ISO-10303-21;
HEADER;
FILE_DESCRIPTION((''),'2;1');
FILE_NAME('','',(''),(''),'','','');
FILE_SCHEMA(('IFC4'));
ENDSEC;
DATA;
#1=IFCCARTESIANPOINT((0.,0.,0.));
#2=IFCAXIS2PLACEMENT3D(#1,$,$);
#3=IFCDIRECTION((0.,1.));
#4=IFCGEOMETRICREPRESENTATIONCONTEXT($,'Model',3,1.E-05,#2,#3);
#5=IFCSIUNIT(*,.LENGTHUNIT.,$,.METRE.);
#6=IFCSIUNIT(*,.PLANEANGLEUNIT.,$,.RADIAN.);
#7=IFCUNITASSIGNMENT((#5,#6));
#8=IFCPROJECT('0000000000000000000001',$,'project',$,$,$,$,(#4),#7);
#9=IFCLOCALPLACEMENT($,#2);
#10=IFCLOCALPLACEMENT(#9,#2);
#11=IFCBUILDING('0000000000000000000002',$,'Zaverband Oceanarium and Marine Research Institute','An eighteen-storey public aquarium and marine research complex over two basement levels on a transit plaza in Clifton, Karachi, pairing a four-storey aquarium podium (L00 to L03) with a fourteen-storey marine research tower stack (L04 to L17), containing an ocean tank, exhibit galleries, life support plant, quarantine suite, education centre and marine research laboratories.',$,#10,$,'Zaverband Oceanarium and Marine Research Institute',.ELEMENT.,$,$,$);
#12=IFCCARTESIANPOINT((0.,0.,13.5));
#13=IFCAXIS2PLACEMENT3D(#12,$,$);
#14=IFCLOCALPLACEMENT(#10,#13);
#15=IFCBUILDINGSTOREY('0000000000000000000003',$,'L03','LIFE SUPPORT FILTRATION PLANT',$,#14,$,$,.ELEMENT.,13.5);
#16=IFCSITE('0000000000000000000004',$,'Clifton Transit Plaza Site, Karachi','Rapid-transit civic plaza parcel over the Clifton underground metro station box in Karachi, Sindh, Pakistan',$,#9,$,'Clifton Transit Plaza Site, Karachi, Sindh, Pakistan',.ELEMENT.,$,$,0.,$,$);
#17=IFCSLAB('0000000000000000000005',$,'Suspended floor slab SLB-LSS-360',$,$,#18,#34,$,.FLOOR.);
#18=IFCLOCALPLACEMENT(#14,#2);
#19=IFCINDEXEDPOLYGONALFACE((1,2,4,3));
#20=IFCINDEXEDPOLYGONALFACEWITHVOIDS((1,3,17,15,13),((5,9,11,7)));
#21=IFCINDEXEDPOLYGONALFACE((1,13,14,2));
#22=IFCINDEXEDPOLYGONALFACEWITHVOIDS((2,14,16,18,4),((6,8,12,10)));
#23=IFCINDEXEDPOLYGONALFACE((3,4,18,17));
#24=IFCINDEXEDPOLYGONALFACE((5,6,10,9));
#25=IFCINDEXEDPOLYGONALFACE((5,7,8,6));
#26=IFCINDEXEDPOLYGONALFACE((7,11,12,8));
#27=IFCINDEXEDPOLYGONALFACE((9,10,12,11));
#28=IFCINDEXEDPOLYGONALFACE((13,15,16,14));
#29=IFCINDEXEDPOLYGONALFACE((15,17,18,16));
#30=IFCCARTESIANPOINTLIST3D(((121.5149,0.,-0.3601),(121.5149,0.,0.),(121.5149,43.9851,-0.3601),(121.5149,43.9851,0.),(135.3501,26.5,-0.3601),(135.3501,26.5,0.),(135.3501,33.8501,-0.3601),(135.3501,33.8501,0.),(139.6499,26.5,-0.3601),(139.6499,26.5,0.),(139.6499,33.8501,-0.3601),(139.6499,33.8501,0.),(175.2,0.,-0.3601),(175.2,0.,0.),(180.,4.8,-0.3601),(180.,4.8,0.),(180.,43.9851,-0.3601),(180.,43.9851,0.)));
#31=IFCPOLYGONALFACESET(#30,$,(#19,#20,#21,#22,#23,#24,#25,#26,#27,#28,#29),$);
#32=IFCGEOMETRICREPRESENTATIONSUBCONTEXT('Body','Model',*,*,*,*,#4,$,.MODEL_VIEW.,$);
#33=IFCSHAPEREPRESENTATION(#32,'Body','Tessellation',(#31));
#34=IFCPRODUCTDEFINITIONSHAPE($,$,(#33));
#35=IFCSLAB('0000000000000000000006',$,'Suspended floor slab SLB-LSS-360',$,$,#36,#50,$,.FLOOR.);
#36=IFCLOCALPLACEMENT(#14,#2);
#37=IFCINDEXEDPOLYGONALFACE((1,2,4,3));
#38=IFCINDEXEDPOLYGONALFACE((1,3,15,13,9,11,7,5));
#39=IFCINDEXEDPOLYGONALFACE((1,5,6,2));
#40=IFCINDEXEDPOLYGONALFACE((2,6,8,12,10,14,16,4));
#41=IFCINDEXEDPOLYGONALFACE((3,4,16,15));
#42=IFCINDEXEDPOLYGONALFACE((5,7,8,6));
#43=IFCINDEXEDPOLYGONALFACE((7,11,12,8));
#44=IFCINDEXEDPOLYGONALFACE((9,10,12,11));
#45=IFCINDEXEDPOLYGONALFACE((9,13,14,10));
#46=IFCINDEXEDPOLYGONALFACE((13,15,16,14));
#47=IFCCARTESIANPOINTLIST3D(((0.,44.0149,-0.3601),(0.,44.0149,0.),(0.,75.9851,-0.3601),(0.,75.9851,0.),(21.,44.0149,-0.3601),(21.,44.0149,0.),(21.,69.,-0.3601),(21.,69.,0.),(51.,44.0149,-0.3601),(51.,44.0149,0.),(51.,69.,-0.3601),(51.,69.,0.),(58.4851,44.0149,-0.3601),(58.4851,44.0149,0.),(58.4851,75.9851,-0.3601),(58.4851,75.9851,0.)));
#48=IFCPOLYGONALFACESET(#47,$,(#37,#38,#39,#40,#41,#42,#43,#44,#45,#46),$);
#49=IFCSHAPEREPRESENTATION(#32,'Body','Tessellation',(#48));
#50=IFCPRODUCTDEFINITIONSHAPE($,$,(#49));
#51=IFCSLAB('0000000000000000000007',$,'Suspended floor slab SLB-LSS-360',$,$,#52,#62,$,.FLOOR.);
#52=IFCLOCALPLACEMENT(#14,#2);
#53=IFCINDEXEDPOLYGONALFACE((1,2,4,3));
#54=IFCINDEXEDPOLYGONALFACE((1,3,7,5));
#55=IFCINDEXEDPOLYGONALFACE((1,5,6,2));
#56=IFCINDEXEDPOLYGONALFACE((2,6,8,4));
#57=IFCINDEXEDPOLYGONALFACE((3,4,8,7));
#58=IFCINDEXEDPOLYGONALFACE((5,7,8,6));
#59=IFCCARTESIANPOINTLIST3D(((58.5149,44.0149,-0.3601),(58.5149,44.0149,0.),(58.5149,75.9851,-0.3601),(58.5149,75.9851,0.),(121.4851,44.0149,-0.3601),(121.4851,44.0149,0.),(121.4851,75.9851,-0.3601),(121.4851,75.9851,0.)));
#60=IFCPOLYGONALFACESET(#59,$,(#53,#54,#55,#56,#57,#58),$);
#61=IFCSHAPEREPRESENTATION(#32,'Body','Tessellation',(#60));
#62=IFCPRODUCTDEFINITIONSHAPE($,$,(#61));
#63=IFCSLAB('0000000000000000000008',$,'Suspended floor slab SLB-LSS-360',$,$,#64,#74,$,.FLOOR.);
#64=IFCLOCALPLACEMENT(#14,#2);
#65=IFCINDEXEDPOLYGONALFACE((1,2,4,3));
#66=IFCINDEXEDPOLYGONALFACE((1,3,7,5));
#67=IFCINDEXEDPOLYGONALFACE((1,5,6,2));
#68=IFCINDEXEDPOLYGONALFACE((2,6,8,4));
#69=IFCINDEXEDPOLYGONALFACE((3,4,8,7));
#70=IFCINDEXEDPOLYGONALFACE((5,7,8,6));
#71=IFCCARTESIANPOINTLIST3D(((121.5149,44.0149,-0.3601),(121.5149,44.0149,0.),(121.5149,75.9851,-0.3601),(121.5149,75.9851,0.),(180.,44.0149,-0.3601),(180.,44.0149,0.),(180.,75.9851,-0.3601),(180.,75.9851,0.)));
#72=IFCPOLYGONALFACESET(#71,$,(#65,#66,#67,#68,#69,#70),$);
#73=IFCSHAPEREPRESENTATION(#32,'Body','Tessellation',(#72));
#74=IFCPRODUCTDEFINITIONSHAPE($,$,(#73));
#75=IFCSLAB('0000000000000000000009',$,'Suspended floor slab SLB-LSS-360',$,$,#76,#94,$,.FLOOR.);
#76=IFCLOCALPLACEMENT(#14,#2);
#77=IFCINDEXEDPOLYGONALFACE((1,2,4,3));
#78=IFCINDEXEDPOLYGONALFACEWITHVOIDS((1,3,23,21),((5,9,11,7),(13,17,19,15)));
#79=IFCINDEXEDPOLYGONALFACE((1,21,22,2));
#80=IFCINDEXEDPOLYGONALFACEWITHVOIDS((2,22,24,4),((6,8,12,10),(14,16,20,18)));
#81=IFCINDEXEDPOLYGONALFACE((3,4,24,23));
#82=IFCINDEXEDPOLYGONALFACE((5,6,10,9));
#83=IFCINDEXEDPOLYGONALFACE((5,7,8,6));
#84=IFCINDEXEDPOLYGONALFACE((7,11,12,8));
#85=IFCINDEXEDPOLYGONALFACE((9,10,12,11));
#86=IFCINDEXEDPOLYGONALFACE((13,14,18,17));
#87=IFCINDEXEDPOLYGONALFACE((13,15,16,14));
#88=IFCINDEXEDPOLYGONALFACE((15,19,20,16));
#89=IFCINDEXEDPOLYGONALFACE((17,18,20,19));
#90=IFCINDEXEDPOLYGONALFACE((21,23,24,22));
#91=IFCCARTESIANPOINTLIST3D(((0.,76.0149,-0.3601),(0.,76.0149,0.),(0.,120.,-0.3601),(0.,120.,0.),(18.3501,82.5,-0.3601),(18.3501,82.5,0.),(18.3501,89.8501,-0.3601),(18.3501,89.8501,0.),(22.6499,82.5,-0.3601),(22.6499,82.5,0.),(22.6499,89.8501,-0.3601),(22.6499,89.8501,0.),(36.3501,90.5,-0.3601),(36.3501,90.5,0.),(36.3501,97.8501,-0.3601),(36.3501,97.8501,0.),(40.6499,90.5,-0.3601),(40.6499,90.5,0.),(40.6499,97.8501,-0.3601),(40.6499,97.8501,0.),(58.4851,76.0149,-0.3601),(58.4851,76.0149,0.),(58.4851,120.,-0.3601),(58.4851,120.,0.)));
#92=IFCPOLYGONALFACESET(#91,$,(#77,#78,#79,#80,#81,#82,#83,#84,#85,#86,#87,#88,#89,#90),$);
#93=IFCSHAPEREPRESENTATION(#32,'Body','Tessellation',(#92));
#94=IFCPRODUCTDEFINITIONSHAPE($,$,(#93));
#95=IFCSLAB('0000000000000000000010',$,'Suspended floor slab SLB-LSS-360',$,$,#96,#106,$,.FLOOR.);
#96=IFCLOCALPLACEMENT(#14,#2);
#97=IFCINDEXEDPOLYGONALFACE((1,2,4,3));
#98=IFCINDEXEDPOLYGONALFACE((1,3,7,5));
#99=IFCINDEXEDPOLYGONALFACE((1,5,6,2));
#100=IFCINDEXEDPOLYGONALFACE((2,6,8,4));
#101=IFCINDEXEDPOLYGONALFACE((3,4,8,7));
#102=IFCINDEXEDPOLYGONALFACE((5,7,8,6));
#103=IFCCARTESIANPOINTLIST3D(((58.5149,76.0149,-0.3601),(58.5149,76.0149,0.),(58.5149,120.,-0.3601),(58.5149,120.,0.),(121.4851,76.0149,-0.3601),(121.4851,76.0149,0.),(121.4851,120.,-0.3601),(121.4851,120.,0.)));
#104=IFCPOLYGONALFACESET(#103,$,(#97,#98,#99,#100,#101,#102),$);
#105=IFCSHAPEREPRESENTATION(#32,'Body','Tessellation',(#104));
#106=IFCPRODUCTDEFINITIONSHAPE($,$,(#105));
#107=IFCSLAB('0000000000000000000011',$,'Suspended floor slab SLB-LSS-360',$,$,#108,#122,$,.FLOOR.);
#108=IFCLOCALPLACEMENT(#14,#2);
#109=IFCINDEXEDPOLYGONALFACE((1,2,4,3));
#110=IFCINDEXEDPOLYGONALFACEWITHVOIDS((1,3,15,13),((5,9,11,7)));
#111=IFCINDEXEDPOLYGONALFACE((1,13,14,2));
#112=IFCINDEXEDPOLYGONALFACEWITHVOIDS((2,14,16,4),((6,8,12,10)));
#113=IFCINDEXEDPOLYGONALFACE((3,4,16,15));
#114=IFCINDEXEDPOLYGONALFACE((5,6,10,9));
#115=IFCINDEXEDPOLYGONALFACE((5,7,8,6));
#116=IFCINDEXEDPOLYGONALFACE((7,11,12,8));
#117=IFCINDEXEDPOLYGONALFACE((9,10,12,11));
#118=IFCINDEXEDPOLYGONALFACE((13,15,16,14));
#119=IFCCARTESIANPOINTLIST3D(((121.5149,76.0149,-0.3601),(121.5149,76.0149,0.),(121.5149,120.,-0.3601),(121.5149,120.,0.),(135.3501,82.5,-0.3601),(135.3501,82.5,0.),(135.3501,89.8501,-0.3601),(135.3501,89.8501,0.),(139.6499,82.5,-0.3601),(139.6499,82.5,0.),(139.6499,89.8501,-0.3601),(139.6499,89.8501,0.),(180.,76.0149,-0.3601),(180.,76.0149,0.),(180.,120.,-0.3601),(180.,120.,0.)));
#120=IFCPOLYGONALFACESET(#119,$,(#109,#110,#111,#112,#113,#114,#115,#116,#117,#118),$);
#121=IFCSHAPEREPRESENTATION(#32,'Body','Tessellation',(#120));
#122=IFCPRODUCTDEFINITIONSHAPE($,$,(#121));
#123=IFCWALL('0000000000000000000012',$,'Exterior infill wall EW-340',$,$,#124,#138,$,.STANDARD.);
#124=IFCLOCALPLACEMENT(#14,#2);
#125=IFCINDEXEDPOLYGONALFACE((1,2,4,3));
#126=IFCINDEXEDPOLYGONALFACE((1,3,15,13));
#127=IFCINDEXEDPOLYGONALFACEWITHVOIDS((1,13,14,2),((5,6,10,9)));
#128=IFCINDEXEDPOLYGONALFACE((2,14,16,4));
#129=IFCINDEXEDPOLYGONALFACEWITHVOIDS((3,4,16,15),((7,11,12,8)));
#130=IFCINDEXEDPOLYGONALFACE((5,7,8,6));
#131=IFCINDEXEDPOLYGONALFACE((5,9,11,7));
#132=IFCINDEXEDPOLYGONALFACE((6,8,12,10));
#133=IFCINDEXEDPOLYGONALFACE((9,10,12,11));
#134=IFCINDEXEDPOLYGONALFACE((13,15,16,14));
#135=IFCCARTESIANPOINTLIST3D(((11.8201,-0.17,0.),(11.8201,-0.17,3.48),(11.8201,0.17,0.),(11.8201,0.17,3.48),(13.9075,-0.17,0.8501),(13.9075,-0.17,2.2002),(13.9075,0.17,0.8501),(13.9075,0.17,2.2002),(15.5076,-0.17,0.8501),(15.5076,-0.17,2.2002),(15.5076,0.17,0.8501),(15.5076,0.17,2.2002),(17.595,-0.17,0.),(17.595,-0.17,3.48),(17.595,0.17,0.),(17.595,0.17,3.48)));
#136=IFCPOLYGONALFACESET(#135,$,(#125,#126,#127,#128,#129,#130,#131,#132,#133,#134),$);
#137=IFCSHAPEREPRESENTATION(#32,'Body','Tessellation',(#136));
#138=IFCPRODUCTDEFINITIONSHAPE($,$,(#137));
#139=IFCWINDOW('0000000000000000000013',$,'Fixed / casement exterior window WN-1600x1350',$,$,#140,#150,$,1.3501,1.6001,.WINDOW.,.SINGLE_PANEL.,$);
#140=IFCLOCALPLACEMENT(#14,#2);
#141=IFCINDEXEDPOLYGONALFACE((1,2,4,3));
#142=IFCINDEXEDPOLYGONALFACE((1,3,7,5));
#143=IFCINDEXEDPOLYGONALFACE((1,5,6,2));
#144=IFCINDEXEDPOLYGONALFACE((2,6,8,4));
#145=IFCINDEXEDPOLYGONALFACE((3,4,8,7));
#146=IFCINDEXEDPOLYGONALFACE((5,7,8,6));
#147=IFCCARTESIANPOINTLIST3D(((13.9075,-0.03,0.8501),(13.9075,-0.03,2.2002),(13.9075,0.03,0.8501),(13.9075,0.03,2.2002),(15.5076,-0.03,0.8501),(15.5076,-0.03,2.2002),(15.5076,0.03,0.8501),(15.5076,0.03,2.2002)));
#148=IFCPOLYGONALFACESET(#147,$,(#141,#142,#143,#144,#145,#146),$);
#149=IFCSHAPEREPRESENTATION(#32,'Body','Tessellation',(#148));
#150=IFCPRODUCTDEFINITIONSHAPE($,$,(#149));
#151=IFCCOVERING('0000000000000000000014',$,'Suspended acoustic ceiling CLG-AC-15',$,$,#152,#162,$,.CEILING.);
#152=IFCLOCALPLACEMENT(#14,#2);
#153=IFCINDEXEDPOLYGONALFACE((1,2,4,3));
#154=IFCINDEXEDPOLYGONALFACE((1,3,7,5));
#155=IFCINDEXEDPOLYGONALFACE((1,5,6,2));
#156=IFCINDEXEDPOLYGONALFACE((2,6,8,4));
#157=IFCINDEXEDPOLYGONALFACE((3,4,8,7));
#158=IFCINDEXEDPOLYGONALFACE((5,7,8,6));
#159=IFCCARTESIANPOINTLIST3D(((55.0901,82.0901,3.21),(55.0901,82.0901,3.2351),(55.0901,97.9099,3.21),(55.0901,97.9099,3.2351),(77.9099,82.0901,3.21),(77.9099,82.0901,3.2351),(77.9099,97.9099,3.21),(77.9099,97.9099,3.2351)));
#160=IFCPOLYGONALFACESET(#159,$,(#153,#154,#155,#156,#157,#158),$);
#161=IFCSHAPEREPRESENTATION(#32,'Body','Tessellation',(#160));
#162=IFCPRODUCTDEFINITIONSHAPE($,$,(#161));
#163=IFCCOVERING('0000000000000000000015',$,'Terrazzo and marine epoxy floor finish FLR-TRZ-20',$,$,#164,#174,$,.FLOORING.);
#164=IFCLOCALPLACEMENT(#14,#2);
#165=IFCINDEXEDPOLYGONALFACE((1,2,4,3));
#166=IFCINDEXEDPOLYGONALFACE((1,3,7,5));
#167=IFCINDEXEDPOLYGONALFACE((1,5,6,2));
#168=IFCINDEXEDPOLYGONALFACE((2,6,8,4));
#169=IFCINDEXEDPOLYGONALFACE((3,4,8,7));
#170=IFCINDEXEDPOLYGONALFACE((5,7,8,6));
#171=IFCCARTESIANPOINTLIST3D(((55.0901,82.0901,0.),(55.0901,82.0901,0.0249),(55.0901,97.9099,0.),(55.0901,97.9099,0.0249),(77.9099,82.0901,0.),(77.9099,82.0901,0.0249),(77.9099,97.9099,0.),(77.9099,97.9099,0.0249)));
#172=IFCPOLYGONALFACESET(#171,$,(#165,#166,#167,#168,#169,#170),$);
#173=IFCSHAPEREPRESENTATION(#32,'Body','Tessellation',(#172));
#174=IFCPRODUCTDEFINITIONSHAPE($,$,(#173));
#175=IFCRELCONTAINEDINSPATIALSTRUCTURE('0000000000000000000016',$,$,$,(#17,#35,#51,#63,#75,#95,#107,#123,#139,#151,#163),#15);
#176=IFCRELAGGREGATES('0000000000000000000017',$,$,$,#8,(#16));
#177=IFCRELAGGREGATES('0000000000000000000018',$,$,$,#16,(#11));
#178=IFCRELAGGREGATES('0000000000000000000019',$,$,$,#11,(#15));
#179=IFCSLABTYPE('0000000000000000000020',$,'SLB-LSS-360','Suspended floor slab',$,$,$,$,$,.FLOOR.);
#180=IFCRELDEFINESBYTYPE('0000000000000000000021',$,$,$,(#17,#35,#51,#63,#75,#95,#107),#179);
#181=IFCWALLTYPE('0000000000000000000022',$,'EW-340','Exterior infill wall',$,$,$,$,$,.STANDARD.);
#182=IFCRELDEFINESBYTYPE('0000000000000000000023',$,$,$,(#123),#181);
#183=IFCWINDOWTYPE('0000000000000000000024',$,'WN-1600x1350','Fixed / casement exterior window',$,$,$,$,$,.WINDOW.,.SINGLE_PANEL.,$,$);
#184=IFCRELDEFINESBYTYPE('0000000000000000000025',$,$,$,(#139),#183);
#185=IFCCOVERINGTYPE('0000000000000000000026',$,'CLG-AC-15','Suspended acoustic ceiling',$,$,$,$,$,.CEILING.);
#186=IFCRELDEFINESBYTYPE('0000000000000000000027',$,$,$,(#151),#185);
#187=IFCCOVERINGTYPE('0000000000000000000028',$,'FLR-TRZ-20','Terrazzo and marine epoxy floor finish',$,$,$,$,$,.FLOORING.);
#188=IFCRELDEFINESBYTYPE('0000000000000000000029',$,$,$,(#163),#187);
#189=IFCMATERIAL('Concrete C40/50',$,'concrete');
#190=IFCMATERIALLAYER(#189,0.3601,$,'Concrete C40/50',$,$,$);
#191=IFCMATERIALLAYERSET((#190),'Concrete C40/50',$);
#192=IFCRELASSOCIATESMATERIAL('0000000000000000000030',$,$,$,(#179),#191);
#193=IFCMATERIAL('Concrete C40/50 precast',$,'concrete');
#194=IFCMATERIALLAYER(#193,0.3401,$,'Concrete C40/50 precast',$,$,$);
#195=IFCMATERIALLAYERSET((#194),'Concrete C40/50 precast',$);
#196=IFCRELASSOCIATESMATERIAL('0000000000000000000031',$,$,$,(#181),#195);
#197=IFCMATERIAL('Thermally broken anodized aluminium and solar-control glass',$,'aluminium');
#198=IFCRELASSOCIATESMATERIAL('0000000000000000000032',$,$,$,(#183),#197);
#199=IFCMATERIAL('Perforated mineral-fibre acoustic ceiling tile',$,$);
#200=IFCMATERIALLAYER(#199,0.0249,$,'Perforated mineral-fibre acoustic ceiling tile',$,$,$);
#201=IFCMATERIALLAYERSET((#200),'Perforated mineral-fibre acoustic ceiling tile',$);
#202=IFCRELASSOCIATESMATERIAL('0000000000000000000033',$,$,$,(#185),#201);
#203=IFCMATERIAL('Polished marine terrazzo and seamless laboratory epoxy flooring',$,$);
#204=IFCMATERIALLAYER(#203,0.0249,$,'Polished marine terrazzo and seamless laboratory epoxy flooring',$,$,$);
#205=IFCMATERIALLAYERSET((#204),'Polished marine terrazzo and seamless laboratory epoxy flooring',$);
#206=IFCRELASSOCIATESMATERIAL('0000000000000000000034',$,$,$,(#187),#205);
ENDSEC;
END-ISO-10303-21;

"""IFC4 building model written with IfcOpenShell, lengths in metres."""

from ifc_helpers import new_model, si_unit, direction, frame, frame_2d, origin, place, context, subcontext, project, spatial, polyline, rectangle, outline, extrude, material, layer, layer_set, type_object, element, fill, save


model = new_model("IFC4")

# Units and contexts
model_context = context("Model", 3, precision=1e-05, world=origin(), true_north=direction((0.0, 1.0)))
body_context = subcontext(model_context, "Body", "Model", "MODEL_VIEW")
ifc_project = project(units=[si_unit("LENGTHUNIT", "METRE"), si_unit("PLANEANGLEUNIT", "RADIAN")], contexts=[model_context])

# Site, building, storey
site_placement = place(None, origin())
site = spatial("IfcSite", under=ifc_project, at=site_placement, Name="Clifton Transit Plaza Site, Karachi", Description="Rapid-transit civic plaza parcel over the Clifton underground metro station box in Karachi, Sindh, Pakistan", LongName="Clifton Transit Plaza Site, Karachi, Sindh, Pakistan", CompositionType="ELEMENT", RefElevation=0.0)
building_placement = place(site_placement, origin())
building = spatial("IfcBuilding", under=site, at=building_placement, Name="Zaverband Oceanarium and Marine Research Institute", Description="An eighteen-storey public aquarium and marine research complex over two basement levels on a transit plaza in Clifton, Karachi, pairing a four-storey aquarium podium (L00 to L03) with a fourteen-storey marine research tower stack (L04 to L17), containing an ocean tank, exhibit galleries, life support plant, quarantine suite, education centre and marine research laboratories.", LongName="Zaverband Oceanarium and Marine Research Institute", CompositionType="ELEMENT")
storey_placement = place(building_placement, frame((0.0, 0.0, 13.5)))
storey = spatial("IfcBuildingStorey", under=building, at=storey_placement, Name="L03", Description="LIFE SUPPORT FILTRATION PLANT", CompositionType="ELEMENT", Elevation=13.5)

# Shared definitions
ifc_material_1 = material(Name="Concrete C40/50", Category="concrete")

# Slabs
ifc_layer_1 = layer(ifc_material_1, 0.3601, Name="Concrete C40/50")
ifc_layer_set_1 = layer_set([ifc_layer_1], Name="Concrete C40/50")
slab_type_1 = type_object("IfcSlabType", Name="SLB-LSS-360", Description="Suspended floor slab", PredefinedType="FLOOR", material=ifc_layer_set_1)
slab_1_placement = place(storey_placement, frame((0.0, 0.0, -0.3601)))
element("IfcSlab", 1, at=slab_1_placement, inside=storey, type_object=slab_type_1, Name="Suspended floor slab SLB-LSS-360", PredefinedType="FLOOR", context=body_context, shape_type="SweptSolid", body=[
    extrude(outline(polyline([(121.5149, 43.9851), (180.0, 43.9851), (180.0, 4.8), (175.2, 0.0), (121.5149, 0.0), (121.5149, 43.9851)]), holes=[polyline([(139.6499, 33.8501), (135.3501, 33.8501), (135.3501, 26.5), (139.6499, 26.5), (139.6499, 33.8501)])]), origin(), (0.0, 0.0, 1.0), 0.3601),
])
slab_2_placement = place(storey_placement, frame((0.0, 0.0, -0.3601)))
element("IfcSlab", 2, at=slab_2_placement, inside=storey, type_object=slab_type_1, Name="Suspended floor slab SLB-LSS-360", PredefinedType="FLOOR", context=body_context, shape_type="SweptSolid", body=[
    extrude(outline(polyline([(0.0, 44.0149), (0.0, 75.9851), (58.4851, 75.9851), (58.4851, 44.0149), (51.0, 44.0149), (51.0, 69.0), (21.0, 69.0), (21.0, 44.0149), (0.0, 44.0149)])), origin(), (0.0, 0.0, 1.0), 0.3601),
])
slab_3_placement = place(storey_placement, frame((0.0, 0.0, -0.3601)))
element("IfcSlab", 3, at=slab_3_placement, inside=storey, type_object=slab_type_1, Name="Suspended floor slab SLB-LSS-360", PredefinedType="FLOOR", context=body_context, shape_type="SweptSolid", body=[
    extrude(outline(polyline([(58.5149, 75.9851), (121.4851, 75.9851), (121.4851, 44.0149), (58.5149, 44.0149), (58.5149, 75.9851)])), origin(), (0.0, 0.0, 1.0), 0.3601),
])
slab_4_placement = place(storey_placement, frame((0.0, 0.0, -0.3601)))
element("IfcSlab", 4, at=slab_4_placement, inside=storey, type_object=slab_type_1, Name="Suspended floor slab SLB-LSS-360", PredefinedType="FLOOR", context=body_context, shape_type="SweptSolid", body=[
    extrude(outline(polyline([(121.5149, 75.9851), (180.0, 75.9851), (180.0, 44.0149), (121.5149, 44.0149), (121.5149, 75.9851)])), origin(), (0.0, 0.0, 1.0), 0.3601),
])
slab_5_placement = place(storey_placement, frame((0.0, 0.0, -0.3601)))
element("IfcSlab", 5, at=slab_5_placement, inside=storey, type_object=slab_type_1, Name="Suspended floor slab SLB-LSS-360", PredefinedType="FLOOR", context=body_context, shape_type="SweptSolid", body=[
    extrude(outline(polyline([(0.0, 120.0), (58.4851, 120.0), (58.4851, 76.0149), (0.0, 76.0149), (0.0, 120.0)]), holes=[polyline([(22.6499, 89.8501), (18.3501, 89.8501), (18.3501, 82.5), (22.6499, 82.5), (22.6499, 89.8501)]), polyline([(40.6499, 97.8501), (36.3501, 97.8501), (36.3501, 90.5), (40.6499, 90.5), (40.6499, 97.8501)])]), origin(), (0.0, 0.0, 1.0), 0.3601),
])
slab_6_placement = place(storey_placement, frame((0.0, 0.0, -0.3601)))
element("IfcSlab", 6, at=slab_6_placement, inside=storey, type_object=slab_type_1, Name="Suspended floor slab SLB-LSS-360", PredefinedType="FLOOR", context=body_context, shape_type="SweptSolid", body=[
    extrude(outline(polyline([(58.5149, 120.0), (121.4851, 120.0), (121.4851, 76.0149), (58.5149, 76.0149), (58.5149, 120.0)])), origin(), (0.0, 0.0, 1.0), 0.3601),
])
slab_7_placement = place(storey_placement, frame((0.0, 0.0, -0.3601)))
element("IfcSlab", 7, at=slab_7_placement, inside=storey, type_object=slab_type_1, Name="Suspended floor slab SLB-LSS-360", PredefinedType="FLOOR", context=body_context, shape_type="SweptSolid", body=[
    extrude(outline(polyline([(121.5149, 120.0), (180.0, 120.0), (180.0, 76.0149), (121.5149, 76.0149), (121.5149, 120.0)]), holes=[polyline([(139.6499, 89.8501), (135.3501, 89.8501), (135.3501, 82.5), (139.6499, 82.5), (139.6499, 89.8501)])]), origin(), (0.0, 0.0, 1.0), 0.3601),
])

# Wall, opening, window
ifc_material_2 = material(Name="Concrete C40/50 precast", Category="concrete")
ifc_layer_2 = layer(ifc_material_2, 0.3401, Name="Concrete C40/50 precast")
ifc_layer_set_2 = layer_set([ifc_layer_2], Name="Concrete C40/50 precast")
wall_type = type_object("IfcWallType", Name="EW-340", Description="Exterior infill wall", PredefinedType="STANDARD", material=ifc_layer_set_2)
wall_placement = place(storey_placement, frame((11.8201, 0.0, 0.0), z_axis=(0.0, 0.0, 1.0), x_axis=(1.0, 0.0, 0.0)))
wall = element("IfcWall", 8, at=wall_placement, inside=storey, type_object=wall_type, Name="Exterior infill wall EW-340", PredefinedType="STANDARD", context=body_context, shape_type="SweptSolid", body=[
    extrude(rectangle(XDim=5.7749, YDim=0.3401, at=frame_2d((2.8875, 0.0))), origin(), (0.0, 0.0, 1.0), 3.48),
])
opening_placement = place(wall_placement, frame((2.0874, 0.0, 0.8501)))
opening = element("IfcOpeningElement", 9, at=opening_placement, cuts=wall, PredefinedType="OPENING", context=body_context, shape_type="SweptSolid", body=[
    extrude(rectangle(XDim=1.6001, YDim=1.3501, at=frame_2d((0.8, 0.675))), frame((0.0, 0.1821, 0.0), z_axis=(0.0, -1.0, 0.0), x_axis=(1.0, 0.0, 0.0)), (0.0, 0.0, 1.0), 0.364),
])
ifc_material_3 = material(Name="Thermally broken anodized aluminium and solar-control glass", Category="aluminium")
window_type = type_object("IfcWindowType", Name="WN-1600x1350", Description="Fixed / casement exterior window", PartitioningType="SINGLE_PANEL", PredefinedType="WINDOW", material=ifc_material_3)
window_placement = place(opening_placement, origin())
window = element("IfcWindow", 10, at=window_placement, inside=storey, type_object=window_type, Name="Fixed / casement exterior window WN-1600x1350", OverallHeight=1.3501, OverallWidth=1.6001, PartitioningType="SINGLE_PANEL", PredefinedType="WINDOW", context=body_context, shape_type="SweptSolid", body=[
    extrude(rectangle(XDim=1.6001, YDim=1.3501, at=frame_2d((0.8, 0.675))), frame((0.0, 0.03, 0.0), z_axis=(0.0, -1.0, 0.0), x_axis=(1.0, 0.0, 0.0)), (0.0, 0.0, 1.0), 0.0601),
])
fill(opening, window)

# Coverings
ifc_material_4 = material(Name="Perforated mineral-fibre acoustic ceiling tile")
ifc_layer_3 = layer(ifc_material_4, 0.0249, Name="Perforated mineral-fibre acoustic ceiling tile")
ifc_layer_set_3 = layer_set([ifc_layer_3], Name="Perforated mineral-fibre acoustic ceiling tile")
covering_type_1 = type_object("IfcCoveringType", Name="CLG-AC-15", Description="Suspended acoustic ceiling", PredefinedType="CEILING", material=ifc_layer_set_3)
covering_1_placement = place(storey_placement, frame((0.0, 0.0, 3.21)))
element("IfcCovering", 11, at=covering_1_placement, inside=storey, type_object=covering_type_1, Name="Suspended acoustic ceiling CLG-AC-15", PredefinedType="CEILING", context=body_context, shape_type="SweptSolid", body=[
    extrude(outline(polyline([(55.0901, 82.0901), (77.9099, 82.0901), (77.9099, 97.9099), (55.0901, 97.9099), (55.0901, 82.0901)])), origin(), (0.0, 0.0, 1.0), 0.0251),
])
ifc_material_5 = material(Name="Polished marine terrazzo and seamless laboratory epoxy flooring")
ifc_layer_4 = layer(ifc_material_5, 0.0249, Name="Polished marine terrazzo and seamless laboratory epoxy flooring")
ifc_layer_set_4 = layer_set([ifc_layer_4], Name="Polished marine terrazzo and seamless laboratory epoxy flooring")
covering_type_2 = type_object("IfcCoveringType", Name="FLR-TRZ-20", Description="Terrazzo and marine epoxy floor finish", PredefinedType="FLOORING", material=ifc_layer_set_4)
covering_2_placement = place(storey_placement, origin())
element("IfcCovering", 12, at=covering_2_placement, inside=storey, type_object=covering_type_2, Name="Terrazzo and marine epoxy floor finish FLR-TRZ-20", PredefinedType="FLOORING", context=body_context, shape_type="SweptSolid", body=[
    extrude(outline(polyline([(55.0901, 82.0901), (77.9099, 82.0901), (77.9099, 97.9099), (55.0901, 97.9099), (55.0901, 82.0901)])), origin(), (0.0, 0.0, 1.0), 0.0249),
])

save(model, "model.ifc")
